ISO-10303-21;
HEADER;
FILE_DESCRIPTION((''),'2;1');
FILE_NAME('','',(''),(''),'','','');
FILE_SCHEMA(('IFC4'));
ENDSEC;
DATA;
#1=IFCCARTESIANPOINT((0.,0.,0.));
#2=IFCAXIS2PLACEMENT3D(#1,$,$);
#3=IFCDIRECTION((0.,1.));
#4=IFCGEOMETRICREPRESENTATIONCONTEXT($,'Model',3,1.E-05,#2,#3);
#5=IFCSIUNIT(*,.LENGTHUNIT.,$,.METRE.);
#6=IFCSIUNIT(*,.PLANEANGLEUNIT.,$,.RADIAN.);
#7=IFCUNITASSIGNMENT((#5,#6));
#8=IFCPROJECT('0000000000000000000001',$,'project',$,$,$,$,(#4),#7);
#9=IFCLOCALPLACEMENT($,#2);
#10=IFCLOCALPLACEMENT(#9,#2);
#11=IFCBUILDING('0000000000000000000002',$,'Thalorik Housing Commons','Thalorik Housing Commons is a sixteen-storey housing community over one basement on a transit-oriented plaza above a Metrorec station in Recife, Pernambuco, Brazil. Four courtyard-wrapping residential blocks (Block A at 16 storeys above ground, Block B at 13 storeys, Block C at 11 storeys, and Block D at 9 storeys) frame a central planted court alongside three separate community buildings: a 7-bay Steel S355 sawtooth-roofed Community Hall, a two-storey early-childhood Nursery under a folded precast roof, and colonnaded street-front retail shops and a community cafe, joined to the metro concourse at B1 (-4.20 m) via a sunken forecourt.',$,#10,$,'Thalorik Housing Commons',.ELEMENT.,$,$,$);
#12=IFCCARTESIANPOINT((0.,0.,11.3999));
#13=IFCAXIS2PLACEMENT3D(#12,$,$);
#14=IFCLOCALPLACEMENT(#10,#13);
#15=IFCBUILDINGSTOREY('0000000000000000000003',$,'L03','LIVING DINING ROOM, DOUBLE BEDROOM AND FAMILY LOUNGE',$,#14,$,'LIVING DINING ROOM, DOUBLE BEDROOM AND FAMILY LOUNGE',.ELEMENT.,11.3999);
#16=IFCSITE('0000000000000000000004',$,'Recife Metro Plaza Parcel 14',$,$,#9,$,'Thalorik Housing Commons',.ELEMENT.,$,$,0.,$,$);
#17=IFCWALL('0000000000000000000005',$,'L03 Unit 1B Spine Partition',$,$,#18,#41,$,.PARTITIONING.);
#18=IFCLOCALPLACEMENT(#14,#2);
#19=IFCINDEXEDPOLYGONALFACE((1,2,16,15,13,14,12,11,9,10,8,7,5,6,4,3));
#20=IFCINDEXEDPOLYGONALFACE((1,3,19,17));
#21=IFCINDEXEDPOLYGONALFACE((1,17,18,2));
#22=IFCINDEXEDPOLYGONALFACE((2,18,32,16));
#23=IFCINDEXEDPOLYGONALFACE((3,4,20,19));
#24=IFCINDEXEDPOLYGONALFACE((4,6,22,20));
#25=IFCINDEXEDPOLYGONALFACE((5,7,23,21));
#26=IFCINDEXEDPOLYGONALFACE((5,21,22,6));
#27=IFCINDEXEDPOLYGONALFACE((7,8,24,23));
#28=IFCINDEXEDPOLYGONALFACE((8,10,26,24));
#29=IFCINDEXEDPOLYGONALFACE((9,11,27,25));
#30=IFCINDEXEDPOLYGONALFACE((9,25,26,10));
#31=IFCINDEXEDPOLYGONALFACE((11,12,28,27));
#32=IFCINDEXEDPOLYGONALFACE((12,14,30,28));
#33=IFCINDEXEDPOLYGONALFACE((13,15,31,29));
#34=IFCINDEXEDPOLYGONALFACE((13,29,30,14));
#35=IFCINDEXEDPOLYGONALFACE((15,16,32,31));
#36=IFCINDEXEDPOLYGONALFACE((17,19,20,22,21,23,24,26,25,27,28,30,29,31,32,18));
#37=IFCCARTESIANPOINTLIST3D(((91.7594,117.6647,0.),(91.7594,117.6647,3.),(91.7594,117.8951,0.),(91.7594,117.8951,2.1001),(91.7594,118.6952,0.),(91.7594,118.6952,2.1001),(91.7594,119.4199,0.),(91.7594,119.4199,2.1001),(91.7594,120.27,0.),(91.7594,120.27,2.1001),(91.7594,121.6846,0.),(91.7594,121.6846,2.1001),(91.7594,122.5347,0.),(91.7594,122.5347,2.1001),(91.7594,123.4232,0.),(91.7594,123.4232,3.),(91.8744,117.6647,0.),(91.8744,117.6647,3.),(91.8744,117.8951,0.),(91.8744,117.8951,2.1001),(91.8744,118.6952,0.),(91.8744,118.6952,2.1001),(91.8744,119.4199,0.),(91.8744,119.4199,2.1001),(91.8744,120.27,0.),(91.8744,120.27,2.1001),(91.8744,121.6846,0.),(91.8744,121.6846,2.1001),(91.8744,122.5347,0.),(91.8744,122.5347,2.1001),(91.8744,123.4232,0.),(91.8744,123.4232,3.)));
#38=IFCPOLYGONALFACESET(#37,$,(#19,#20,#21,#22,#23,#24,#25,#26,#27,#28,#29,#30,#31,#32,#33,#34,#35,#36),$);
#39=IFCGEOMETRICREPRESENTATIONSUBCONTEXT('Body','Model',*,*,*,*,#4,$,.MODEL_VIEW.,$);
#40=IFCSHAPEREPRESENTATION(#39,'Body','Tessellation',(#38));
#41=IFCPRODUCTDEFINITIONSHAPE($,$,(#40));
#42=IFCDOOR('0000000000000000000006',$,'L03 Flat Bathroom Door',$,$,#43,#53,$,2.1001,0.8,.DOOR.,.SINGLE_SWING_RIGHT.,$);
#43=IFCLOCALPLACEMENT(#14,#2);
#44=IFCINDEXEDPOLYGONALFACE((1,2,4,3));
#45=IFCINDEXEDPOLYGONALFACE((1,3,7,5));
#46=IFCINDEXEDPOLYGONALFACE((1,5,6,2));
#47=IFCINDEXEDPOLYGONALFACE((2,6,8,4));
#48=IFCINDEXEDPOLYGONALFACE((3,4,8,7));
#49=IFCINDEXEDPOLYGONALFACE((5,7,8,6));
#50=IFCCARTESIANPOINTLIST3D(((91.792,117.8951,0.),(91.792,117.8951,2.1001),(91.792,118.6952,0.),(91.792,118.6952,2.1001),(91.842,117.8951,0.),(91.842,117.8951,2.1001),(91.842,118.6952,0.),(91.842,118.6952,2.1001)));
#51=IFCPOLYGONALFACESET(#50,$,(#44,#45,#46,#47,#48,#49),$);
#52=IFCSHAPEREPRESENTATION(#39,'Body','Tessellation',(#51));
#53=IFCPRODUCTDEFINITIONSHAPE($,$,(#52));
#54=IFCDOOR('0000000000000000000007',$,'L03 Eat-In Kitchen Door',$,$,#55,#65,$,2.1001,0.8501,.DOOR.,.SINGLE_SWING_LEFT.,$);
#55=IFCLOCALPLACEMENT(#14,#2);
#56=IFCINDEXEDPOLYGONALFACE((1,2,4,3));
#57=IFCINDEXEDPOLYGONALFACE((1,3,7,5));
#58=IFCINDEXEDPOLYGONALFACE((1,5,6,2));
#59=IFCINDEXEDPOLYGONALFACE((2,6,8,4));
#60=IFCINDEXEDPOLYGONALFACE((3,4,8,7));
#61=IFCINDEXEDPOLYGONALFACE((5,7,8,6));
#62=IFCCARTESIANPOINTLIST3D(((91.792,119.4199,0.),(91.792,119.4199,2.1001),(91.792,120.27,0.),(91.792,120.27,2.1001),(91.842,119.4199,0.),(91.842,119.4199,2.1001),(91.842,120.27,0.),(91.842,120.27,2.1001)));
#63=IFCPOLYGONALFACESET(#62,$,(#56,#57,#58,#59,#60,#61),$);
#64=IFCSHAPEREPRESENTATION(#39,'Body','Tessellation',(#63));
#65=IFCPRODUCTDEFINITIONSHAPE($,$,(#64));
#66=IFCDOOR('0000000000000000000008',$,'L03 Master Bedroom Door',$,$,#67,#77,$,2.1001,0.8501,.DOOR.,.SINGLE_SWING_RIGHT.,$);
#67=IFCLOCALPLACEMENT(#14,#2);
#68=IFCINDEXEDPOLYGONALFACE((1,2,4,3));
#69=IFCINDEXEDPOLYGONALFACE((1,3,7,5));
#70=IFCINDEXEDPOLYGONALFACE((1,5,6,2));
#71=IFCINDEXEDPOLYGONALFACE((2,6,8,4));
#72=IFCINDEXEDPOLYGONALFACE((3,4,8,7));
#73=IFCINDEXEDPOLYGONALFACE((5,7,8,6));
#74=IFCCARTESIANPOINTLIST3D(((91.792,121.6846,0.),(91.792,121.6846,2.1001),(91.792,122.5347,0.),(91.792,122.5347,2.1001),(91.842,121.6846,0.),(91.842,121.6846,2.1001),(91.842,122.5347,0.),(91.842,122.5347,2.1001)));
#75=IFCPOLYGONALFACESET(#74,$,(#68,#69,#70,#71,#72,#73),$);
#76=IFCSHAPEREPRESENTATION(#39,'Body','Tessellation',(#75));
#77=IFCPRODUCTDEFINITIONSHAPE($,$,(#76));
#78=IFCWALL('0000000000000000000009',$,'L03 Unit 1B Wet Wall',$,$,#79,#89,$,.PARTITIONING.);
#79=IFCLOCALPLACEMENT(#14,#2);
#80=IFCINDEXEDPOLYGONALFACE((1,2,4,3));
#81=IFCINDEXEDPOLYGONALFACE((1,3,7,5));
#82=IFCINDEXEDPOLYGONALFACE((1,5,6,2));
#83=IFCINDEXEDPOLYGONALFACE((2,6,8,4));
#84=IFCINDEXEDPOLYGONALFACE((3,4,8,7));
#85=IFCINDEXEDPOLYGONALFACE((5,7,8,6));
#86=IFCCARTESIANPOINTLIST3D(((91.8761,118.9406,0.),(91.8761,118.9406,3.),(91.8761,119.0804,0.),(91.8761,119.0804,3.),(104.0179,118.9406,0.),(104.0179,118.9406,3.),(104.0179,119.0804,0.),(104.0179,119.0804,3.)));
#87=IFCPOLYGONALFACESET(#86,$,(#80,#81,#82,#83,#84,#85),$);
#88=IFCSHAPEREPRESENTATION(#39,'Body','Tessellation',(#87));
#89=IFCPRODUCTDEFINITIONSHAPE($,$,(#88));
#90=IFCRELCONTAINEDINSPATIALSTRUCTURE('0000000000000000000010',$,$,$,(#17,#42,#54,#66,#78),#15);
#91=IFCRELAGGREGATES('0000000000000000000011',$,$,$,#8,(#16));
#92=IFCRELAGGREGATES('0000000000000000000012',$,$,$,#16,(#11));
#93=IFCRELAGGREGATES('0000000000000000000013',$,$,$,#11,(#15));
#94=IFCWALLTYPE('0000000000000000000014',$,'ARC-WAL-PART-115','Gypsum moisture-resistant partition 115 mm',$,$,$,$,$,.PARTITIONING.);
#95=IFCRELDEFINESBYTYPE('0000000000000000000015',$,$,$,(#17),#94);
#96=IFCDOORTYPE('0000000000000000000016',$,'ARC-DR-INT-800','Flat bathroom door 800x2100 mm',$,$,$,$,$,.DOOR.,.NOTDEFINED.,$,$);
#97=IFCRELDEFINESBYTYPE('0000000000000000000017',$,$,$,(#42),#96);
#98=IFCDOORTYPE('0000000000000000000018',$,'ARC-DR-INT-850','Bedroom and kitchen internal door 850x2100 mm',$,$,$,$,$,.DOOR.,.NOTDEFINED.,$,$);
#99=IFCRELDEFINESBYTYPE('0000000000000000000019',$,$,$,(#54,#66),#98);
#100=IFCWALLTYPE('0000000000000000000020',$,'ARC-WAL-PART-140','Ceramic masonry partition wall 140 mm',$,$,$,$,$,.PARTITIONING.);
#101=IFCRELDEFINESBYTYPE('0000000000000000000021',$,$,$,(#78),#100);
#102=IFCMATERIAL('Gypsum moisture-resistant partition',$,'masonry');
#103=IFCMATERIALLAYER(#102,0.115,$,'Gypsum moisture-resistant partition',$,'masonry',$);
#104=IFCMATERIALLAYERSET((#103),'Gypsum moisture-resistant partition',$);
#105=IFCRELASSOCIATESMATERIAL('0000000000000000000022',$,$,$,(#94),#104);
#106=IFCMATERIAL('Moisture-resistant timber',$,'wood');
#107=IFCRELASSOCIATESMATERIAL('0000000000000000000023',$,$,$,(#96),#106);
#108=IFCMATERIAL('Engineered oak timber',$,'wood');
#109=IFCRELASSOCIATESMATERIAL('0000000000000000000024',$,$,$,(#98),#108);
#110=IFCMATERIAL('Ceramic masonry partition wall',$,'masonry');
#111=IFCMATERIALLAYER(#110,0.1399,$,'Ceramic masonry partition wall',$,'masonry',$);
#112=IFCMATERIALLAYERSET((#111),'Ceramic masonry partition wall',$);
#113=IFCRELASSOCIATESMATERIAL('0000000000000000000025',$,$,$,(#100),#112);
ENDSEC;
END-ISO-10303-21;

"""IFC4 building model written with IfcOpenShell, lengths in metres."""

from ifc_helpers import new_model, si_unit, direction, frame, frame_2d, origin, place, context, subcontext, project, spatial, rectangle, extrude, material, layer, layer_set, type_object, element, fill, save


model = new_model("IFC4")

# Units and contexts
model_context = context("Model", 3, precision=1e-05, world=origin(), true_north=direction((0.0, 1.0)))
body_context = subcontext(model_context, "Body", "Model", "MODEL_VIEW")
ifc_project = project(units=[si_unit("LENGTHUNIT", "METRE"), si_unit("PLANEANGLEUNIT", "RADIAN")], contexts=[model_context])

# Site, building, storey
site_placement = place(None, origin())
site = spatial("IfcSite", under=ifc_project, at=site_placement, Name="Recife Metro Plaza Parcel 14", LongName="Thalorik Housing Commons", CompositionType="ELEMENT", RefElevation=0.0)
building_placement = place(site_placement, origin())
building = spatial("IfcBuilding", under=site, at=building_placement, Name="Thalorik Housing Commons", Description="Thalorik Housing Commons is a sixteen-storey housing community over one basement on a transit-oriented plaza above a Metrorec station in Recife, Pernambuco, Brazil. Four courtyard-wrapping residential blocks (Block A at 16 storeys above ground, Block B at 13 storeys, Block C at 11 storeys, and Block D at 9 storeys) frame a central planted court alongside three separate community buildings: a 7-bay Steel S355 sawtooth-roofed Community Hall, a two-storey early-childhood Nursery under a folded precast roof, and colonnaded street-front retail shops and a community cafe, joined to the metro concourse at B1 (-4.20 m) via a sunken forecourt.", LongName="Thalorik Housing Commons", CompositionType="ELEMENT")
storey_placement = place(building_placement, frame((0.0, 0.0, 11.3999)))
storey = spatial("IfcBuildingStorey", under=building, at=storey_placement, Name="L03", Description="LIVING DINING ROOM, DOUBLE BEDROOM AND FAMILY LOUNGE", LongName="LIVING DINING ROOM, DOUBLE BEDROOM AND FAMILY LOUNGE", CompositionType="ELEMENT", Elevation=11.3999)

# Wall, openings, doors
ifc_material_1 = material(Name="Gypsum moisture-resistant partition", Category="masonry")
ifc_layer_1 = layer(ifc_material_1, 0.115, Name="Gypsum moisture-resistant partition", Category="masonry")
ifc_layer_set_1 = layer_set([ifc_layer_1], Name="Gypsum moisture-resistant partition")
wall_type_1 = type_object("IfcWallType", Name="ARC-WAL-PART-115", Description="Gypsum moisture-resistant partition 115 mm", PredefinedType="PARTITIONING", material=ifc_layer_set_1)
wall_1_placement = place(storey_placement, frame((91.8169, 117.6646, 0.0), z_axis=(0.0, 0.0, 1.0), x_axis=(0.0, 1.0, 0.0)))
wall_1 = element("IfcWall", 1, at=wall_1_placement, inside=storey, type_object=wall_type_1, Name="L03 Unit 1B Spine Partition", PredefinedType="PARTITIONING", context=body_context, shape_type="SweptSolid", body=[
    extrude(rectangle(XDim=5.7585, YDim=0.115, at=frame_2d((2.8794, 0.0))), origin(), (0.0, 0.0, 1.0), 3.0),
])
opening_1_placement = place(wall_1_placement, frame((0.2307, 0.0, 0.0)))
opening_1 = element("IfcOpeningElement", 2, at=opening_1_placement, cuts=wall_1, PredefinedType="OPENING", context=body_context, shape_type="SweptSolid", body=[
    extrude(rectangle(XDim=0.8, YDim=2.1001, at=frame_2d((0.3999, 1.05))), frame((0.0, 0.0674, 0.0), z_axis=(0.0, -1.0, 0.0), x_axis=(1.0, 0.0, 0.0)), (0.0, 0.0, 1.0), 0.135),
])
opening_2_placement = place(wall_1_placement, frame((1.7554, 0.0, 0.0)))
opening_2 = element("IfcOpeningElement", 3, at=opening_2_placement, cuts=wall_1, PredefinedType="OPENING", context=body_context, shape_type="SweptSolid", body=[
    extrude(rectangle(XDim=0.8501, YDim=2.1001, at=frame_2d((0.425, 1.05))), frame((0.0, 0.0674, 0.0), z_axis=(0.0, -1.0, 0.0), x_axis=(1.0, 0.0, 0.0)), (0.0, 0.0, 1.0), 0.135),
])
opening_3_placement = place(wall_1_placement, frame((4.02, 0.0, 0.0)))
opening_3 = element("IfcOpeningElement", 4, at=opening_3_placement, cuts=wall_1, PredefinedType="OPENING", context=body_context, shape_type="SweptSolid", body=[
    extrude(rectangle(XDim=0.8501, YDim=2.1001, at=frame_2d((0.425, 1.05))), frame((0.0, 0.0674, 0.0), z_axis=(0.0, -1.0, 0.0), x_axis=(1.0, 0.0, 0.0)), (0.0, 0.0, 1.0), 0.135),
])
ifc_material_2 = material(Name="Moisture-resistant timber", Category="wood")
door_type_1 = type_object("IfcDoorType", Name="ARC-DR-INT-800", Description="Flat bathroom door 800x2100 mm", OperationType="NOTDEFINED", PredefinedType="DOOR", material=ifc_material_2)
door_1_placement = place(opening_1_placement, origin())
door_1 = element("IfcDoor", 5, at=door_1_placement, inside=storey, type_object=door_type_1, Name="L03 Flat Bathroom Door", OperationType="SINGLE_SWING_RIGHT", OverallHeight=2.1001, OverallWidth=0.8, PredefinedType="DOOR", context=body_context, shape_type="SweptSolid", body=[
    extrude(rectangle(XDim=0.8, YDim=2.1001, at=frame_2d((0.3999, 1.05))), frame((0.0, 0.0249, 0.0), z_axis=(0.0, -1.0, 0.0), x_axis=(1.0, 0.0, 0.0)), (0.0, 0.0, 1.0), 0.05),
])
fill(opening_1, door_1)
ifc_material_3 = material(Name="Engineered oak timber", Category="wood")
door_type_2 = type_object("IfcDoorType", Name="ARC-DR-INT-850", Description="Bedroom and kitchen internal door 850x2100 mm", OperationType="NOTDEFINED", PredefinedType="DOOR", material=ifc_material_3)
door_2_placement = place(opening_2_placement, origin())
door_2 = element("IfcDoor", 6, at=door_2_placement, inside=storey, type_object=door_type_2, Name="L03 Eat-In Kitchen Door", OperationType="SINGLE_SWING_LEFT", OverallHeight=2.1001, OverallWidth=0.8501, PredefinedType="DOOR", context=body_context, shape_type="SweptSolid", body=[
    extrude(rectangle(XDim=0.8501, YDim=2.1001, at=frame_2d((0.425, 1.05))), frame((0.0, 0.0249, 0.0), z_axis=(0.0, -1.0, 0.0), x_axis=(1.0, 0.0, 0.0)), (0.0, 0.0, 1.0), 0.05),
])
fill(opening_2, door_2)
door_3_placement = place(opening_3_placement, origin())
door_3 = element("IfcDoor", 7, at=door_3_placement, inside=storey, type_object=door_type_2, Name="L03 Master Bedroom Door", OperationType="SINGLE_SWING_RIGHT", OverallHeight=2.1001, OverallWidth=0.8501, PredefinedType="DOOR", context=body_context, shape_type="SweptSolid", body=[
    extrude(rectangle(XDim=0.8501, YDim=2.1001, at=frame_2d((0.425, 1.05))), frame((0.0, 0.0249, 0.0), z_axis=(0.0, -1.0, 0.0), x_axis=(1.0, 0.0, 0.0)), (0.0, 0.0, 1.0), 0.05),
])
fill(opening_3, door_3)

# Wall
ifc_material_4 = material(Name="Ceramic masonry partition wall", Category="masonry")
ifc_layer_2 = layer(ifc_material_4, 0.1399, Name="Ceramic masonry partition wall", Category="masonry")
ifc_layer_set_2 = layer_set([ifc_layer_2], Name="Ceramic masonry partition wall")
wall_type_2 = type_object("IfcWallType", Name="ARC-WAL-PART-140", Description="Ceramic masonry partition wall 140 mm", PredefinedType="PARTITIONING", material=ifc_layer_set_2)
wall_2_placement = place(storey_placement, frame((91.8762, 119.0105, 0.0), z_axis=(0.0, 0.0, 1.0), x_axis=(1.0, 0.0, 0.0)))
element("IfcWall", 8, at=wall_2_placement, inside=storey, type_object=wall_type_2, Name="L03 Unit 1B Wet Wall", PredefinedType="PARTITIONING", context=body_context, shape_type="SweptSolid", body=[
    extrude(rectangle(XDim=12.1418, YDim=0.1399, at=frame_2d((6.0708, 0.0))), origin(), (0.0, 0.0, 1.0), 3.0),
])

save(model, "model.ifc")
